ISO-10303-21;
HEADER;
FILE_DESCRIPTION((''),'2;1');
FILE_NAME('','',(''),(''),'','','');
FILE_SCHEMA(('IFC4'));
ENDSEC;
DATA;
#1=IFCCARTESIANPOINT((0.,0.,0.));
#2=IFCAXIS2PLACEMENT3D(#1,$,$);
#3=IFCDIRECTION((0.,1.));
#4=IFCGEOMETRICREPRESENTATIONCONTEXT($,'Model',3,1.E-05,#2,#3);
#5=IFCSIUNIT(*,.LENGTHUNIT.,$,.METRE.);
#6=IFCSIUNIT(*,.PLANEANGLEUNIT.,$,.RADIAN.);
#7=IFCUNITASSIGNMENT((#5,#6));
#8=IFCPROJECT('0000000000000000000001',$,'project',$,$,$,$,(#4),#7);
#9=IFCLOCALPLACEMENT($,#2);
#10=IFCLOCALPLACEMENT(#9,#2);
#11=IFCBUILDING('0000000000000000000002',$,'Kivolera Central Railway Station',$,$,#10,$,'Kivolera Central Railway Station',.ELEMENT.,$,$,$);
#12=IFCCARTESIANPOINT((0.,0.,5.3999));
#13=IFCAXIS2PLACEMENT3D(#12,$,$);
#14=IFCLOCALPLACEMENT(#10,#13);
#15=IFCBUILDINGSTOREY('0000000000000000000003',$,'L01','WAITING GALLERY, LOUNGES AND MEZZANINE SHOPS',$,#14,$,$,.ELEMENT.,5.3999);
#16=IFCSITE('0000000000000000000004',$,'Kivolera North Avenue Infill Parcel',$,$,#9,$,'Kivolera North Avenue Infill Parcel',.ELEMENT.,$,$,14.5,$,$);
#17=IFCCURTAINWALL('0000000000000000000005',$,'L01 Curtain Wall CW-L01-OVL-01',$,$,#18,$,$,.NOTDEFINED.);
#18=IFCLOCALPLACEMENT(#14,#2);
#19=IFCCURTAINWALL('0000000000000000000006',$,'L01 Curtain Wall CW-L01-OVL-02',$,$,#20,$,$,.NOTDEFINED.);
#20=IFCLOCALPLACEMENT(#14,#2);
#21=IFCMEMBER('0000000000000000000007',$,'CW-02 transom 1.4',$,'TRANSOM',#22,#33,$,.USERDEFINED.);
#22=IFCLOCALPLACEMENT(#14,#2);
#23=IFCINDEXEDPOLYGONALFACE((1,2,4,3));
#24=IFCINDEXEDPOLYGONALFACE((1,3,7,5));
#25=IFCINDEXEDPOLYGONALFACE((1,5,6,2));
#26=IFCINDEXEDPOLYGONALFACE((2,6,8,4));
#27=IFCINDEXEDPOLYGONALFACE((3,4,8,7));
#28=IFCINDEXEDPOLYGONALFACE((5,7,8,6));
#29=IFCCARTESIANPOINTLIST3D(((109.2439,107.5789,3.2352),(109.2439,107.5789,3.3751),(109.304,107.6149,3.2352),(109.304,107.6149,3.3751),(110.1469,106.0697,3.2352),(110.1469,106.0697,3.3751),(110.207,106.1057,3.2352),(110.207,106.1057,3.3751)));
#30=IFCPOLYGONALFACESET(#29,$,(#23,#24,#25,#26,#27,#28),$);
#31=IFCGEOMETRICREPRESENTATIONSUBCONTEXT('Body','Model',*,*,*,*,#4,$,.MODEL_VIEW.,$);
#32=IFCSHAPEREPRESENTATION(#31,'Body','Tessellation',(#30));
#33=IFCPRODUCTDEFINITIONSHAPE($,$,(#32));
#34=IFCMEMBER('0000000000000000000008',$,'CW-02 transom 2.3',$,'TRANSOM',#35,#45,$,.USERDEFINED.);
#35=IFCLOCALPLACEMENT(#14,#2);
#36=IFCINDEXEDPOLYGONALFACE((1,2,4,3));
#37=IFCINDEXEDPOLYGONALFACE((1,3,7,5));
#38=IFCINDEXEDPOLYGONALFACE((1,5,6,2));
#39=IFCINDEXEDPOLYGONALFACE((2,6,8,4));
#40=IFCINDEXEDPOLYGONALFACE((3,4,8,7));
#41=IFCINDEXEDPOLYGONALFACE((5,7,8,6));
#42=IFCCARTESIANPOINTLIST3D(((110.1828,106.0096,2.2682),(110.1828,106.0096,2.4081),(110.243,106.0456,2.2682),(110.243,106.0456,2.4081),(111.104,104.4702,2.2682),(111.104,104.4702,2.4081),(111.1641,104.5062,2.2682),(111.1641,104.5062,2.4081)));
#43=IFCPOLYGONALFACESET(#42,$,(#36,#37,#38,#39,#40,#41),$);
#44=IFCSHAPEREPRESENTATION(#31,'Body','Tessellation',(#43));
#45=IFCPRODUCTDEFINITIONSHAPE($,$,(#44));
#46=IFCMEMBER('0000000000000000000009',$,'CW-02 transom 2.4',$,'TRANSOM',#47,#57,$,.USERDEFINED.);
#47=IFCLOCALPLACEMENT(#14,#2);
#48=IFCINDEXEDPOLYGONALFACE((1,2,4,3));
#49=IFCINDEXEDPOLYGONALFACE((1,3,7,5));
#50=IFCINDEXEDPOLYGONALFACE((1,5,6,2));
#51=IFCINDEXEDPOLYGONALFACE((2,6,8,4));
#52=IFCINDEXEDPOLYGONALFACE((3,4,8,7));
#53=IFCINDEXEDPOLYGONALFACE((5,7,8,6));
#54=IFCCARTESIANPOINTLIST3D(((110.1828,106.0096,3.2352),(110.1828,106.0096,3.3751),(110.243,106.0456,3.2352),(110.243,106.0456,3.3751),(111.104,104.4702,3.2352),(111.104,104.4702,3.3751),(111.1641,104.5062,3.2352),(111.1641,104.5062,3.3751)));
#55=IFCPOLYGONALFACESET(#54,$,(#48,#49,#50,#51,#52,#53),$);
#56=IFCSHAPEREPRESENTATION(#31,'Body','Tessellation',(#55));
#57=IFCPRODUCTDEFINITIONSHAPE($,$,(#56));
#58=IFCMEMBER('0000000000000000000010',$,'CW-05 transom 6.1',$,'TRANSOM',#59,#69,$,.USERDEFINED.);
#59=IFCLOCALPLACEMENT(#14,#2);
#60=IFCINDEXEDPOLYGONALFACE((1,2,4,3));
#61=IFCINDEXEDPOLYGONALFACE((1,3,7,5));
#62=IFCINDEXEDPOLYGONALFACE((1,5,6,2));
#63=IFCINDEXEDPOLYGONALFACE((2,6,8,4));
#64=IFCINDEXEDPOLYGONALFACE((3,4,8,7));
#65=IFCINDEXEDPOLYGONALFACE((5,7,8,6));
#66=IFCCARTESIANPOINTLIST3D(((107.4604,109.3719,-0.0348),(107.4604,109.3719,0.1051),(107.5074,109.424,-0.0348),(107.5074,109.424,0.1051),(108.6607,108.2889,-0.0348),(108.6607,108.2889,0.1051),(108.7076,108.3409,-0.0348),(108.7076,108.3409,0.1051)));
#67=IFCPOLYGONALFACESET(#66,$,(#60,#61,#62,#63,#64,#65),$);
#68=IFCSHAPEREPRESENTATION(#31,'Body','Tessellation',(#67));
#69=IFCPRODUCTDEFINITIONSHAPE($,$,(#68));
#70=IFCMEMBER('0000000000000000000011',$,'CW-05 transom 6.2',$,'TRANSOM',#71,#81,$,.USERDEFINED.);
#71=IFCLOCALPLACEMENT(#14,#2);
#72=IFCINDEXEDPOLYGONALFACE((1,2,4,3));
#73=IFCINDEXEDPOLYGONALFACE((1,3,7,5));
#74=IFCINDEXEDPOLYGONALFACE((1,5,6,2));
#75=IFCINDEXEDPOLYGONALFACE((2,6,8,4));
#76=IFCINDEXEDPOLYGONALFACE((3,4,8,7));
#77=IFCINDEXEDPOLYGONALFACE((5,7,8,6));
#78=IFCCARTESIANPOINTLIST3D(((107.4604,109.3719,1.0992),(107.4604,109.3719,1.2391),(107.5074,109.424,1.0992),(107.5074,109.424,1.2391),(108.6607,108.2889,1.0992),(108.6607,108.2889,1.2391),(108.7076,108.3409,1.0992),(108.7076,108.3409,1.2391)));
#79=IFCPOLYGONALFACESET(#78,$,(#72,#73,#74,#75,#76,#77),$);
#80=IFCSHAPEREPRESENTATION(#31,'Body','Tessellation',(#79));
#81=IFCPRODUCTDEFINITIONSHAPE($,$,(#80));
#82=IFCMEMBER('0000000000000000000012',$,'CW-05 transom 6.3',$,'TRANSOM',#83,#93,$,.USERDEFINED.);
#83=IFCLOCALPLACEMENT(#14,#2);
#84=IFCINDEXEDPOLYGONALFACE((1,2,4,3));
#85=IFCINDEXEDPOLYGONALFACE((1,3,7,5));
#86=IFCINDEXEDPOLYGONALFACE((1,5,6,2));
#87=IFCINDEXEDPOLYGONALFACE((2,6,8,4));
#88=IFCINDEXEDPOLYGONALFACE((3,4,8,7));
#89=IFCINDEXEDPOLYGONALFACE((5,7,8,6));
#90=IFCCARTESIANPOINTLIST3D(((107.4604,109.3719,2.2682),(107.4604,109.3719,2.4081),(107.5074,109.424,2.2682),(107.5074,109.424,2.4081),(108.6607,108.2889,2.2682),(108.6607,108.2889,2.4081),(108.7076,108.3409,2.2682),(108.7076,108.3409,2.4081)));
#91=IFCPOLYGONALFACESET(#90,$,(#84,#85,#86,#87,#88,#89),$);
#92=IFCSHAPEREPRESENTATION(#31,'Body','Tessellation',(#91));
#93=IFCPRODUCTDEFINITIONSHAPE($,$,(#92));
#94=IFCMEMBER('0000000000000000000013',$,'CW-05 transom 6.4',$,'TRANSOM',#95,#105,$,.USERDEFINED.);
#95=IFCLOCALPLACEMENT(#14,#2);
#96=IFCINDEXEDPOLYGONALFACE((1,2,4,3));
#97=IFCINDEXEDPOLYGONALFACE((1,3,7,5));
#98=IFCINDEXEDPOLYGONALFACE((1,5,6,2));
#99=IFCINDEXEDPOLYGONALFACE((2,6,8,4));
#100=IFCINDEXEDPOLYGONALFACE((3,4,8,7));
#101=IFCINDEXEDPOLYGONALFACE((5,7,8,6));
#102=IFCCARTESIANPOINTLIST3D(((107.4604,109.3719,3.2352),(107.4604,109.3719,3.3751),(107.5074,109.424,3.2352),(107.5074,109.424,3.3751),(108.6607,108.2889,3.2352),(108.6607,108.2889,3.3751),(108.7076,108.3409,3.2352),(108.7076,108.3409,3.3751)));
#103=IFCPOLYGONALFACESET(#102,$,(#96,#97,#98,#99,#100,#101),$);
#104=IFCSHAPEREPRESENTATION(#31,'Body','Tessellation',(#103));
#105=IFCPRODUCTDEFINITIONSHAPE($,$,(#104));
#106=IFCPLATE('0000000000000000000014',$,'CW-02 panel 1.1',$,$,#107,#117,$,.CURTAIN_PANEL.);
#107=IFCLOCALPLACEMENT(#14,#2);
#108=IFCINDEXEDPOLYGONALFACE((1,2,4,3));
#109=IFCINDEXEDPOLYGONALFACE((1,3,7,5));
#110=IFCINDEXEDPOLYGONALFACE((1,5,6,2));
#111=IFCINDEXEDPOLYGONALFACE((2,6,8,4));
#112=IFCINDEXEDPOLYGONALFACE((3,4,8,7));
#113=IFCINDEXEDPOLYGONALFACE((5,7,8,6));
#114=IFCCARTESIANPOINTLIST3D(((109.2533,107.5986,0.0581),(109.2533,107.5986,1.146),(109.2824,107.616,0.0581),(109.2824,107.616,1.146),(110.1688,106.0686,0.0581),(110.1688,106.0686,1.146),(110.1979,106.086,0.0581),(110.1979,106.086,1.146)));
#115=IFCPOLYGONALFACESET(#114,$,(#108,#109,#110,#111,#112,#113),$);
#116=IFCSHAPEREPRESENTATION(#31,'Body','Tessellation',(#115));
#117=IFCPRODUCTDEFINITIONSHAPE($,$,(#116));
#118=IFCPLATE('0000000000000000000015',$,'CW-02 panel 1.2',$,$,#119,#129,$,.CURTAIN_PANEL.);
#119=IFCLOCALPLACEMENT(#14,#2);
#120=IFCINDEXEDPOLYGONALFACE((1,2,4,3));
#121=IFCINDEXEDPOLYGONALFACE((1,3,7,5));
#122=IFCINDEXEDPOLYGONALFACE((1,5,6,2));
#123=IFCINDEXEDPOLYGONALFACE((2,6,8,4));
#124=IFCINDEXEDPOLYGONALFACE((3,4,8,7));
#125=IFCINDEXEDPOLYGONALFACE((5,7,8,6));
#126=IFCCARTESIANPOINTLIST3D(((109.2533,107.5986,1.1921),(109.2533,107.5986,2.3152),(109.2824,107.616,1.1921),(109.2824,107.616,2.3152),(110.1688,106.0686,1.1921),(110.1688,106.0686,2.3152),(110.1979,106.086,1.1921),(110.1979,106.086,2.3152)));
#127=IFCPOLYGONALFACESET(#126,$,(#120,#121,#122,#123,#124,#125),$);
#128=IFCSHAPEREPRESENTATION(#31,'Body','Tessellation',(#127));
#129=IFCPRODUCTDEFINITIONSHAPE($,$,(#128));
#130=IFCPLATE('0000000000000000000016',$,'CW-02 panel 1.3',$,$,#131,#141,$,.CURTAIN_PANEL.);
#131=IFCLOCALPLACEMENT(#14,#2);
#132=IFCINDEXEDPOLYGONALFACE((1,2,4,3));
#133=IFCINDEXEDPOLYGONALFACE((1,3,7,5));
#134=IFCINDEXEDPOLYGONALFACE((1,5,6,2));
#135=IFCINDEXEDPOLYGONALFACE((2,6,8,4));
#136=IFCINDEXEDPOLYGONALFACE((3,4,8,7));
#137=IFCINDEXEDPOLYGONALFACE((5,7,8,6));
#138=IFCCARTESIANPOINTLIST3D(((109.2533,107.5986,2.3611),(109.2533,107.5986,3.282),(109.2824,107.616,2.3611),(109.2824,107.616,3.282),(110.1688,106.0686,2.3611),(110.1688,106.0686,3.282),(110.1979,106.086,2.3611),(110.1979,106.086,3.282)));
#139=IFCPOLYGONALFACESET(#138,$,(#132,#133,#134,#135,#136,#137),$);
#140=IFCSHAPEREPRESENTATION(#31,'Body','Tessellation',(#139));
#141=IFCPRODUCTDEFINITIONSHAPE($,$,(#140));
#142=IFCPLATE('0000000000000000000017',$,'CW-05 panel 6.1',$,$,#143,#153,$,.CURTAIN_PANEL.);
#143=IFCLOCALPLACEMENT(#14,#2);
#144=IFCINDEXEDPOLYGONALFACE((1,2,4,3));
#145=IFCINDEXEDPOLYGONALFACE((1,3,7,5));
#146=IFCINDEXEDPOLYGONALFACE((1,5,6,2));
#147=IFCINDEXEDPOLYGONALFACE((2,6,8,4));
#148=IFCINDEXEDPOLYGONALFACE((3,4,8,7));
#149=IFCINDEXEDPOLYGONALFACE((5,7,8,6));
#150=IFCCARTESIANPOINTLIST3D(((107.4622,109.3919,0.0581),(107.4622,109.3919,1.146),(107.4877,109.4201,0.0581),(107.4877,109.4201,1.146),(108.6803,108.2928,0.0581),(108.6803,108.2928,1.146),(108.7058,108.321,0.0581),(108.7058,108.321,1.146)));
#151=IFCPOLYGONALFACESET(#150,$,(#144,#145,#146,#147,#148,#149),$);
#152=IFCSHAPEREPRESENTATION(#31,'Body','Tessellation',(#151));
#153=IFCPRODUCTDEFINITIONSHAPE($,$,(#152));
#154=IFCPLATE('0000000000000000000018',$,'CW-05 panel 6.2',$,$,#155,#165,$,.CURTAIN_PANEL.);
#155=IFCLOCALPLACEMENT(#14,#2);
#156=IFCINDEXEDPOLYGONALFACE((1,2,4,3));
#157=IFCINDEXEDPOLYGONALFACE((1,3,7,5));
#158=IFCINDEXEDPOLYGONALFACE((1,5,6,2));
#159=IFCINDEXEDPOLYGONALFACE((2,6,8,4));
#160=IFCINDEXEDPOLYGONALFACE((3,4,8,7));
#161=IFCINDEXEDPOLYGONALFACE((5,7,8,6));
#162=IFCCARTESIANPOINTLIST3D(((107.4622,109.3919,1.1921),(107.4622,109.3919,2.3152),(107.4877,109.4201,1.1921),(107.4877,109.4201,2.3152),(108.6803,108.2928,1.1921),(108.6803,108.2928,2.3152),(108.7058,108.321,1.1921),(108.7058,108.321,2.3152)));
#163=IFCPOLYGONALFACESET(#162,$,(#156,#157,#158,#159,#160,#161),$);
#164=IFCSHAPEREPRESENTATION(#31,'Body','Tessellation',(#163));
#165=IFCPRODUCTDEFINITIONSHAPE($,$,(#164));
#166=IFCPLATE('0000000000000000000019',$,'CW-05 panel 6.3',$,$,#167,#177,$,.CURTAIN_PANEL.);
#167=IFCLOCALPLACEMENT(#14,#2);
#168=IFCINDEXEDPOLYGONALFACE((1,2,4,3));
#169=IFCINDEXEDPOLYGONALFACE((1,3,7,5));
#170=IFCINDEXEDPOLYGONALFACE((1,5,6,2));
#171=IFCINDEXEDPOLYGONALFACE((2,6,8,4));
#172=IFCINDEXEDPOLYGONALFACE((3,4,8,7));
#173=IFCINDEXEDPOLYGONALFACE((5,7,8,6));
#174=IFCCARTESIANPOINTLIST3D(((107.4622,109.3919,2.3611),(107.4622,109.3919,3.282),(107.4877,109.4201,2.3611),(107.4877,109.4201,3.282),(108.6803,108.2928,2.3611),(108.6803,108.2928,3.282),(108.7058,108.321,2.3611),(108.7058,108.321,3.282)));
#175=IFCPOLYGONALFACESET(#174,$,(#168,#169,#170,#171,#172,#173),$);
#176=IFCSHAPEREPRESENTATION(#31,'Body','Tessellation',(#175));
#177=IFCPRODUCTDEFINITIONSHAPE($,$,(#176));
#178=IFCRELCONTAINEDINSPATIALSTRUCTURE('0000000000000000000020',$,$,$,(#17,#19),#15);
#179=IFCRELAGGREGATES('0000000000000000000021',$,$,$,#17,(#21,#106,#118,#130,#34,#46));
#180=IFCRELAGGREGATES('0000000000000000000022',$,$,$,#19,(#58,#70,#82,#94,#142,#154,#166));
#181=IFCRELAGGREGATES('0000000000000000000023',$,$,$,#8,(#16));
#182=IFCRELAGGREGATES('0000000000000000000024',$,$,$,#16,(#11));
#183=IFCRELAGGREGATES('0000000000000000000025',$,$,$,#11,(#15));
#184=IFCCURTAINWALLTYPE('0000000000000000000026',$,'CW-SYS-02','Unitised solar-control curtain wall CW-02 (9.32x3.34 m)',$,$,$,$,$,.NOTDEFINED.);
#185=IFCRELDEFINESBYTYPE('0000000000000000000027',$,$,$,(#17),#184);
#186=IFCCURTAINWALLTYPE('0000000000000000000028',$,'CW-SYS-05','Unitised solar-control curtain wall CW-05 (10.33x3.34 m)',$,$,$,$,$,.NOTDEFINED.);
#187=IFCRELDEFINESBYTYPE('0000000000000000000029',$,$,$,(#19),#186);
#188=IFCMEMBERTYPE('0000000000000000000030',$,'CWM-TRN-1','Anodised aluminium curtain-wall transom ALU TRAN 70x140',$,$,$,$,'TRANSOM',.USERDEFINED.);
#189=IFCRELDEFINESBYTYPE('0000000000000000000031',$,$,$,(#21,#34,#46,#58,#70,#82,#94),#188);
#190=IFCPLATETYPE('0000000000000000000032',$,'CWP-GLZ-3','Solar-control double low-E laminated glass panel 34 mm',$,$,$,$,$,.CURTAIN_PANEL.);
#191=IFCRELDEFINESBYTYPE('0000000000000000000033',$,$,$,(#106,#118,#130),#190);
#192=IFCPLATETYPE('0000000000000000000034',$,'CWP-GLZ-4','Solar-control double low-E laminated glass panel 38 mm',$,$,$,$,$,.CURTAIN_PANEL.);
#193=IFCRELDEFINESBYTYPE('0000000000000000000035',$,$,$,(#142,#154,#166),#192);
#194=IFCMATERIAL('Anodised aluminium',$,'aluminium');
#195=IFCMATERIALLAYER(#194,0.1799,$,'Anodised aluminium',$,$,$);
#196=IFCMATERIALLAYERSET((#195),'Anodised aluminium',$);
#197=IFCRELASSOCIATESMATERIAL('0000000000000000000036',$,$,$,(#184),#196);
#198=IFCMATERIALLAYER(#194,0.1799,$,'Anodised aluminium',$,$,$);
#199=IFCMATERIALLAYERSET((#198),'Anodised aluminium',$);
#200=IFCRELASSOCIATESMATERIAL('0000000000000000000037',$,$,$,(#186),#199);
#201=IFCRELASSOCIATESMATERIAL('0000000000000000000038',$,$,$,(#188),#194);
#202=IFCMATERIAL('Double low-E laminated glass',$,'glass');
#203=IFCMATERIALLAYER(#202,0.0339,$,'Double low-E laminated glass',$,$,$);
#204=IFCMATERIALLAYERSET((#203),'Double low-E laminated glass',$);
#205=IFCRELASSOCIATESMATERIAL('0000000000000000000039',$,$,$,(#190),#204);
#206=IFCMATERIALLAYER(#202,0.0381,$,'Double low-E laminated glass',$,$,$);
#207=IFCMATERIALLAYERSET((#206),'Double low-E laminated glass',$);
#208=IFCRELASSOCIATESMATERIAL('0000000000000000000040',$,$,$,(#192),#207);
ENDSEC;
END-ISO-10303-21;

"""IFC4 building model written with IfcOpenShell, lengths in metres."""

from ifc_helpers import new_model, si_unit, direction, frame, origin, origin_2d, place, context, subcontext, project, spatial, rectangle, extrude, material, layer, layer_set, material_profile, profile_set, type_object, element, aggregate, save


model = new_model("IFC4")

# Units and contexts
model_context = context("Model", 3, precision=1e-05, world=origin(), true_north=direction((0.0, 1.0)))
body_context = subcontext(model_context, "Body", "Model", "MODEL_VIEW")
ifc_project = project(units=[si_unit("LENGTHUNIT", "METRE"), si_unit("PLANEANGLEUNIT", "RADIAN")], contexts=[model_context])

# Site, building, storey
site_placement = place(None, origin())
site = spatial("IfcSite", under=ifc_project, at=site_placement, Name="Kivolera North Avenue Infill Parcel", LongName="Kivolera North Avenue Infill Parcel", CompositionType="ELEMENT", RefElevation=14.5)
building_placement = place(site_placement, origin())
building = spatial("IfcBuilding", under=site, at=building_placement, Name="Kivolera Central Railway Station", LongName="Kivolera Central Railway Station", CompositionType="ELEMENT")
storey_placement = place(building_placement, frame((0.0, 0.0, 5.3999)))
storey = spatial("IfcBuildingStorey", under=building, at=storey_placement, Name="L01", Description="WAITING GALLERY, LOUNGES AND MEZZANINE SHOPS", CompositionType="ELEMENT", Elevation=5.3999)

# Curtain walls
ifc_material_1 = material(Name="Anodised aluminium", Category="aluminium")
ifc_layer_1 = layer(ifc_material_1, 0.1799, Name="Anodised aluminium")
ifc_layer_set_1 = layer_set([ifc_layer_1], Name="Anodised aluminium")
curtain_wall_type_1 = type_object("IfcCurtainWallType", Name="CW-SYS-02", Description="Unitised solar-control curtain wall CW-02 (9.32x3.34 m)", PredefinedType="NOTDEFINED", material=ifc_layer_set_1)
curtain_wall_1_placement = place(storey_placement, origin())
curtain_wall_1 = element("IfcCurtainWall", 1, at=curtain_wall_1_placement, inside=storey, type_object=curtain_wall_type_1, Name="L01 Curtain Wall CW-L01-OVL-01", PredefinedType="NOTDEFINED")
ifc_layer_2 = layer(ifc_material_1, 0.1799, Name="Anodised aluminium")
ifc_layer_set_2 = layer_set([ifc_layer_2], Name="Anodised aluminium")
curtain_wall_type_2 = type_object("IfcCurtainWallType", Name="CW-SYS-05", Description="Unitised solar-control curtain wall CW-05 (10.33x3.34 m)", PredefinedType="NOTDEFINED", material=ifc_layer_set_2)
curtain_wall_2_placement = place(storey_placement, origin())
curtain_wall_2 = element("IfcCurtainWall", 2, at=curtain_wall_2_placement, inside=storey, type_object=curtain_wall_type_2, Name="L01 Curtain Wall CW-L01-OVL-02", PredefinedType="NOTDEFINED")

# Members
ifc_material_profile_1 = material_profile(ifc_material_1, rectangle(XDim=0.0701, YDim=0.1399, at=origin_2d()), Name="ALU TRAN 70x140")
ifc_profile_set_1 = profile_set([ifc_material_profile_1], Name="Anodised aluminium")
member_type_1 = type_object("IfcMemberType", Name="CWM-TRN-1", Description="Anodised aluminium curtain-wall transom ALU TRAN 70x140", ElementType="TRANSOM", PredefinedType="USERDEFINED", material=ifc_profile_set_1)
member_1_placement = place(storey_placement, frame((109.2739, 107.5969, 3.3052), z_axis=(0.513454, -0.858117, 0.0), x_axis=(0.858117, 0.513454, 0.0)))
member_1 = element("IfcMember", 3, at=member_1_placement, type_object=member_type_1, Name="CW-02 transom 1.4", ObjectType="TRANSOM", PredefinedType="USERDEFINED", context=body_context, shape_type="SweptSolid", body=[
    extrude(rectangle(XDim=0.0701, YDim=0.1399, at=origin_2d()), origin(), (0.0, 0.0, 1.0), 1.7588),
])
member_2_placement = place(storey_placement, frame((110.2129, 106.0276, 2.3381), z_axis=(0.513495, -0.858093, 0.0), x_axis=(0.858093, 0.513495, 0.0)))
member_2 = element("IfcMember", 4, at=member_2_placement, type_object=member_type_1, Name="CW-02 transom 2.3", ObjectType="TRANSOM", PredefinedType="USERDEFINED", context=body_context, shape_type="SweptSolid", body=[
    extrude(rectangle(XDim=0.0701, YDim=0.1399, at=origin_2d()), origin(), (0.0, 0.0, 1.0), 1.7939),
])
member_3_placement = place(storey_placement, frame((110.2129, 106.0276, 3.3052), z_axis=(0.513495, -0.858093, 0.0), x_axis=(0.858093, 0.513495, 0.0)))
member_3 = element("IfcMember", 5, at=member_3_placement, type_object=member_type_1, Name="CW-02 transom 2.4", ObjectType="TRANSOM", PredefinedType="USERDEFINED", context=body_context, shape_type="SweptSolid", body=[
    extrude(rectangle(XDim=0.0701, YDim=0.1399, at=origin_2d()), origin(), (0.0, 0.0, 1.0), 1.7939),
])
member_4_placement = place(storey_placement, frame((107.4839, 109.3979, 0.0352), z_axis=(0.742422, -0.669932, 0.0), x_axis=(0.669932, 0.742422, 0.0)))
member_4 = element("IfcMember", 6, at=member_4_placement, type_object=member_type_1, Name="CW-05 transom 6.1", ObjectType="TRANSOM", PredefinedType="USERDEFINED", context=body_context, shape_type="SweptSolid", body=[
    extrude(rectangle(XDim=0.0701, YDim=0.1399, at=origin_2d()), origin(), (0.0, 0.0, 1.0), 1.6167),
])
member_5_placement = place(storey_placement, frame((107.4839, 109.3979, 1.1692), z_axis=(0.742422, -0.669932, 0.0), x_axis=(0.669932, 0.742422, 0.0)))
member_5 = element("IfcMember", 7, at=member_5_placement, type_object=member_type_1, Name="CW-05 transom 6.2", ObjectType="TRANSOM", PredefinedType="USERDEFINED", context=body_context, shape_type="SweptSolid", body=[
    extrude(rectangle(XDim=0.0701, YDim=0.1399, at=origin_2d()), origin(), (0.0, 0.0, 1.0), 1.6167),
])
member_6_placement = place(storey_placement, frame((107.4839, 109.3979, 2.3381), z_axis=(0.742422, -0.669932, 0.0), x_axis=(0.669932, 0.742422, 0.0)))
member_6 = element("IfcMember", 8, at=member_6_placement, type_object=member_type_1, Name="CW-05 transom 6.3", ObjectType="TRANSOM", PredefinedType="USERDEFINED", context=body_context, shape_type="SweptSolid", body=[
    extrude(rectangle(XDim=0.0701, YDim=0.1399, at=origin_2d()), origin(), (0.0, 0.0, 1.0), 1.6167),
])
member_7_placement = place(storey_placement, frame((107.4839, 109.3979, 3.3052), z_axis=(0.742422, -0.669932, 0.0), x_axis=(0.669932, 0.742422, 0.0)))
member_7 = element("IfcMember", 9, at=member_7_placement, type_object=member_type_1, Name="CW-05 transom 6.4", ObjectType="TRANSOM", PredefinedType="USERDEFINED", context=body_context, shape_type="SweptSolid", body=[
    extrude(rectangle(XDim=0.0701, YDim=0.1399, at=origin_2d()), origin(), (0.0, 0.0, 1.0), 1.6167),
])

# Plates
ifc_material_2 = material(Name="Double low-E laminated glass", Category="glass")
ifc_layer_3 = layer(ifc_material_2, 0.0339, Name="Double low-E laminated glass")
ifc_layer_set_3 = layer_set([ifc_layer_3], Name="Double low-E laminated glass")
plate_type_1 = type_object("IfcPlateType", Name="CWP-GLZ-3", Description="Solar-control double low-E laminated glass panel 34 mm", PredefinedType="CURTAIN_PANEL", material=ifc_layer_set_3)
plate_1_placement = place(storey_placement, frame((109.7256, 106.8423, 0.0581), z_axis=(0.0, 0.0, 1.0), x_axis=(0.513454, -0.858117, 0.0)))
plate_1 = element("IfcPlate", 10, at=plate_1_placement, type_object=plate_type_1, Name="CW-02 panel 1.1", PredefinedType="CURTAIN_PANEL", context=body_context, shape_type="SweptSolid", body=[
    extrude(rectangle(XDim=1.783, YDim=0.0339, at=origin_2d()), origin(), (0.0, 0.0, 1.0), 1.0879),
])
plate_2_placement = place(storey_placement, frame((109.7256, 106.8423, 1.1921), z_axis=(0.0, 0.0, 1.0), x_axis=(0.513454, -0.858117, 0.0)))
plate_2 = element("IfcPlate", 11, at=plate_2_placement, type_object=plate_type_1, Name="CW-02 panel 1.2", PredefinedType="CURTAIN_PANEL", context=body_context, shape_type="SweptSolid", body=[
    extrude(rectangle(XDim=1.783, YDim=0.0339, at=origin_2d()), origin(), (0.0, 0.0, 1.0), 1.123),
])
plate_3_placement = place(storey_placement, frame((109.7256, 106.8423, 2.3611), z_axis=(0.0, 0.0, 1.0), x_axis=(0.513454, -0.858117, 0.0)))
plate_3 = element("IfcPlate", 12, at=plate_3_placement, type_object=plate_type_1, Name="CW-02 panel 1.3", PredefinedType="CURTAIN_PANEL", context=body_context, shape_type="SweptSolid", body=[
    extrude(rectangle(XDim=1.783, YDim=0.0339, at=origin_2d()), origin(), (0.0, 0.0, 1.0), 0.9209),
])
aggregate(curtain_wall_1, [member_1, plate_1, plate_2, plate_3, member_2, member_3])
ifc_layer_4 = layer(ifc_material_2, 0.0381, Name="Double low-E laminated glass")
ifc_layer_set_4 = layer_set([ifc_layer_4], Name="Double low-E laminated glass")
plate_type_2 = type_object("IfcPlateType", Name="CWP-GLZ-4", Description="Solar-control double low-E laminated glass panel 38 mm", PredefinedType="CURTAIN_PANEL", material=ifc_layer_set_4)
plate_4_placement = place(storey_placement, frame((108.084, 108.8564, 0.0581), z_axis=(0.0, 0.0, 1.0), x_axis=(0.742432, -0.669922, 0.0)))
plate_4 = element("IfcPlate", 13, at=plate_4_placement, type_object=plate_type_2, Name="CW-05 panel 6.1", PredefinedType="CURTAIN_PANEL", context=body_context, shape_type="SweptSolid", body=[
    extrude(rectangle(XDim=1.6406, YDim=0.0381, at=origin_2d()), origin(), (0.0, 0.0, 1.0), 1.0879),
])
plate_5_placement = place(storey_placement, frame((108.084, 108.8564, 1.1921), z_axis=(0.0, 0.0, 1.0), x_axis=(0.742432, -0.669922, 0.0)))
plate_5 = element("IfcPlate", 14, at=plate_5_placement, type_object=plate_type_2, Name="CW-05 panel 6.2", PredefinedType="CURTAIN_PANEL", context=body_context, shape_type="SweptSolid", body=[
    extrude(rectangle(XDim=1.6406, YDim=0.0381, at=origin_2d()), origin(), (0.0, 0.0, 1.0), 1.123),
])
plate_6_placement = place(storey_placement, frame((108.084, 108.8564, 2.3611), z_axis=(0.0, 0.0, 1.0), x_axis=(0.742432, -0.669922, 0.0)))
plate_6 = element("IfcPlate", 15, at=plate_6_placement, type_object=plate_type_2, Name="CW-05 panel 6.3", PredefinedType="CURTAIN_PANEL", context=body_context, shape_type="SweptSolid", body=[
    extrude(rectangle(XDim=1.6406, YDim=0.0381, at=origin_2d()), origin(), (0.0, 0.0, 1.0), 0.9209),
])
aggregate(curtain_wall_2, [member_4, member_5, member_6, member_7, plate_4, plate_5, plate_6])

save(model, "model.ifc")
